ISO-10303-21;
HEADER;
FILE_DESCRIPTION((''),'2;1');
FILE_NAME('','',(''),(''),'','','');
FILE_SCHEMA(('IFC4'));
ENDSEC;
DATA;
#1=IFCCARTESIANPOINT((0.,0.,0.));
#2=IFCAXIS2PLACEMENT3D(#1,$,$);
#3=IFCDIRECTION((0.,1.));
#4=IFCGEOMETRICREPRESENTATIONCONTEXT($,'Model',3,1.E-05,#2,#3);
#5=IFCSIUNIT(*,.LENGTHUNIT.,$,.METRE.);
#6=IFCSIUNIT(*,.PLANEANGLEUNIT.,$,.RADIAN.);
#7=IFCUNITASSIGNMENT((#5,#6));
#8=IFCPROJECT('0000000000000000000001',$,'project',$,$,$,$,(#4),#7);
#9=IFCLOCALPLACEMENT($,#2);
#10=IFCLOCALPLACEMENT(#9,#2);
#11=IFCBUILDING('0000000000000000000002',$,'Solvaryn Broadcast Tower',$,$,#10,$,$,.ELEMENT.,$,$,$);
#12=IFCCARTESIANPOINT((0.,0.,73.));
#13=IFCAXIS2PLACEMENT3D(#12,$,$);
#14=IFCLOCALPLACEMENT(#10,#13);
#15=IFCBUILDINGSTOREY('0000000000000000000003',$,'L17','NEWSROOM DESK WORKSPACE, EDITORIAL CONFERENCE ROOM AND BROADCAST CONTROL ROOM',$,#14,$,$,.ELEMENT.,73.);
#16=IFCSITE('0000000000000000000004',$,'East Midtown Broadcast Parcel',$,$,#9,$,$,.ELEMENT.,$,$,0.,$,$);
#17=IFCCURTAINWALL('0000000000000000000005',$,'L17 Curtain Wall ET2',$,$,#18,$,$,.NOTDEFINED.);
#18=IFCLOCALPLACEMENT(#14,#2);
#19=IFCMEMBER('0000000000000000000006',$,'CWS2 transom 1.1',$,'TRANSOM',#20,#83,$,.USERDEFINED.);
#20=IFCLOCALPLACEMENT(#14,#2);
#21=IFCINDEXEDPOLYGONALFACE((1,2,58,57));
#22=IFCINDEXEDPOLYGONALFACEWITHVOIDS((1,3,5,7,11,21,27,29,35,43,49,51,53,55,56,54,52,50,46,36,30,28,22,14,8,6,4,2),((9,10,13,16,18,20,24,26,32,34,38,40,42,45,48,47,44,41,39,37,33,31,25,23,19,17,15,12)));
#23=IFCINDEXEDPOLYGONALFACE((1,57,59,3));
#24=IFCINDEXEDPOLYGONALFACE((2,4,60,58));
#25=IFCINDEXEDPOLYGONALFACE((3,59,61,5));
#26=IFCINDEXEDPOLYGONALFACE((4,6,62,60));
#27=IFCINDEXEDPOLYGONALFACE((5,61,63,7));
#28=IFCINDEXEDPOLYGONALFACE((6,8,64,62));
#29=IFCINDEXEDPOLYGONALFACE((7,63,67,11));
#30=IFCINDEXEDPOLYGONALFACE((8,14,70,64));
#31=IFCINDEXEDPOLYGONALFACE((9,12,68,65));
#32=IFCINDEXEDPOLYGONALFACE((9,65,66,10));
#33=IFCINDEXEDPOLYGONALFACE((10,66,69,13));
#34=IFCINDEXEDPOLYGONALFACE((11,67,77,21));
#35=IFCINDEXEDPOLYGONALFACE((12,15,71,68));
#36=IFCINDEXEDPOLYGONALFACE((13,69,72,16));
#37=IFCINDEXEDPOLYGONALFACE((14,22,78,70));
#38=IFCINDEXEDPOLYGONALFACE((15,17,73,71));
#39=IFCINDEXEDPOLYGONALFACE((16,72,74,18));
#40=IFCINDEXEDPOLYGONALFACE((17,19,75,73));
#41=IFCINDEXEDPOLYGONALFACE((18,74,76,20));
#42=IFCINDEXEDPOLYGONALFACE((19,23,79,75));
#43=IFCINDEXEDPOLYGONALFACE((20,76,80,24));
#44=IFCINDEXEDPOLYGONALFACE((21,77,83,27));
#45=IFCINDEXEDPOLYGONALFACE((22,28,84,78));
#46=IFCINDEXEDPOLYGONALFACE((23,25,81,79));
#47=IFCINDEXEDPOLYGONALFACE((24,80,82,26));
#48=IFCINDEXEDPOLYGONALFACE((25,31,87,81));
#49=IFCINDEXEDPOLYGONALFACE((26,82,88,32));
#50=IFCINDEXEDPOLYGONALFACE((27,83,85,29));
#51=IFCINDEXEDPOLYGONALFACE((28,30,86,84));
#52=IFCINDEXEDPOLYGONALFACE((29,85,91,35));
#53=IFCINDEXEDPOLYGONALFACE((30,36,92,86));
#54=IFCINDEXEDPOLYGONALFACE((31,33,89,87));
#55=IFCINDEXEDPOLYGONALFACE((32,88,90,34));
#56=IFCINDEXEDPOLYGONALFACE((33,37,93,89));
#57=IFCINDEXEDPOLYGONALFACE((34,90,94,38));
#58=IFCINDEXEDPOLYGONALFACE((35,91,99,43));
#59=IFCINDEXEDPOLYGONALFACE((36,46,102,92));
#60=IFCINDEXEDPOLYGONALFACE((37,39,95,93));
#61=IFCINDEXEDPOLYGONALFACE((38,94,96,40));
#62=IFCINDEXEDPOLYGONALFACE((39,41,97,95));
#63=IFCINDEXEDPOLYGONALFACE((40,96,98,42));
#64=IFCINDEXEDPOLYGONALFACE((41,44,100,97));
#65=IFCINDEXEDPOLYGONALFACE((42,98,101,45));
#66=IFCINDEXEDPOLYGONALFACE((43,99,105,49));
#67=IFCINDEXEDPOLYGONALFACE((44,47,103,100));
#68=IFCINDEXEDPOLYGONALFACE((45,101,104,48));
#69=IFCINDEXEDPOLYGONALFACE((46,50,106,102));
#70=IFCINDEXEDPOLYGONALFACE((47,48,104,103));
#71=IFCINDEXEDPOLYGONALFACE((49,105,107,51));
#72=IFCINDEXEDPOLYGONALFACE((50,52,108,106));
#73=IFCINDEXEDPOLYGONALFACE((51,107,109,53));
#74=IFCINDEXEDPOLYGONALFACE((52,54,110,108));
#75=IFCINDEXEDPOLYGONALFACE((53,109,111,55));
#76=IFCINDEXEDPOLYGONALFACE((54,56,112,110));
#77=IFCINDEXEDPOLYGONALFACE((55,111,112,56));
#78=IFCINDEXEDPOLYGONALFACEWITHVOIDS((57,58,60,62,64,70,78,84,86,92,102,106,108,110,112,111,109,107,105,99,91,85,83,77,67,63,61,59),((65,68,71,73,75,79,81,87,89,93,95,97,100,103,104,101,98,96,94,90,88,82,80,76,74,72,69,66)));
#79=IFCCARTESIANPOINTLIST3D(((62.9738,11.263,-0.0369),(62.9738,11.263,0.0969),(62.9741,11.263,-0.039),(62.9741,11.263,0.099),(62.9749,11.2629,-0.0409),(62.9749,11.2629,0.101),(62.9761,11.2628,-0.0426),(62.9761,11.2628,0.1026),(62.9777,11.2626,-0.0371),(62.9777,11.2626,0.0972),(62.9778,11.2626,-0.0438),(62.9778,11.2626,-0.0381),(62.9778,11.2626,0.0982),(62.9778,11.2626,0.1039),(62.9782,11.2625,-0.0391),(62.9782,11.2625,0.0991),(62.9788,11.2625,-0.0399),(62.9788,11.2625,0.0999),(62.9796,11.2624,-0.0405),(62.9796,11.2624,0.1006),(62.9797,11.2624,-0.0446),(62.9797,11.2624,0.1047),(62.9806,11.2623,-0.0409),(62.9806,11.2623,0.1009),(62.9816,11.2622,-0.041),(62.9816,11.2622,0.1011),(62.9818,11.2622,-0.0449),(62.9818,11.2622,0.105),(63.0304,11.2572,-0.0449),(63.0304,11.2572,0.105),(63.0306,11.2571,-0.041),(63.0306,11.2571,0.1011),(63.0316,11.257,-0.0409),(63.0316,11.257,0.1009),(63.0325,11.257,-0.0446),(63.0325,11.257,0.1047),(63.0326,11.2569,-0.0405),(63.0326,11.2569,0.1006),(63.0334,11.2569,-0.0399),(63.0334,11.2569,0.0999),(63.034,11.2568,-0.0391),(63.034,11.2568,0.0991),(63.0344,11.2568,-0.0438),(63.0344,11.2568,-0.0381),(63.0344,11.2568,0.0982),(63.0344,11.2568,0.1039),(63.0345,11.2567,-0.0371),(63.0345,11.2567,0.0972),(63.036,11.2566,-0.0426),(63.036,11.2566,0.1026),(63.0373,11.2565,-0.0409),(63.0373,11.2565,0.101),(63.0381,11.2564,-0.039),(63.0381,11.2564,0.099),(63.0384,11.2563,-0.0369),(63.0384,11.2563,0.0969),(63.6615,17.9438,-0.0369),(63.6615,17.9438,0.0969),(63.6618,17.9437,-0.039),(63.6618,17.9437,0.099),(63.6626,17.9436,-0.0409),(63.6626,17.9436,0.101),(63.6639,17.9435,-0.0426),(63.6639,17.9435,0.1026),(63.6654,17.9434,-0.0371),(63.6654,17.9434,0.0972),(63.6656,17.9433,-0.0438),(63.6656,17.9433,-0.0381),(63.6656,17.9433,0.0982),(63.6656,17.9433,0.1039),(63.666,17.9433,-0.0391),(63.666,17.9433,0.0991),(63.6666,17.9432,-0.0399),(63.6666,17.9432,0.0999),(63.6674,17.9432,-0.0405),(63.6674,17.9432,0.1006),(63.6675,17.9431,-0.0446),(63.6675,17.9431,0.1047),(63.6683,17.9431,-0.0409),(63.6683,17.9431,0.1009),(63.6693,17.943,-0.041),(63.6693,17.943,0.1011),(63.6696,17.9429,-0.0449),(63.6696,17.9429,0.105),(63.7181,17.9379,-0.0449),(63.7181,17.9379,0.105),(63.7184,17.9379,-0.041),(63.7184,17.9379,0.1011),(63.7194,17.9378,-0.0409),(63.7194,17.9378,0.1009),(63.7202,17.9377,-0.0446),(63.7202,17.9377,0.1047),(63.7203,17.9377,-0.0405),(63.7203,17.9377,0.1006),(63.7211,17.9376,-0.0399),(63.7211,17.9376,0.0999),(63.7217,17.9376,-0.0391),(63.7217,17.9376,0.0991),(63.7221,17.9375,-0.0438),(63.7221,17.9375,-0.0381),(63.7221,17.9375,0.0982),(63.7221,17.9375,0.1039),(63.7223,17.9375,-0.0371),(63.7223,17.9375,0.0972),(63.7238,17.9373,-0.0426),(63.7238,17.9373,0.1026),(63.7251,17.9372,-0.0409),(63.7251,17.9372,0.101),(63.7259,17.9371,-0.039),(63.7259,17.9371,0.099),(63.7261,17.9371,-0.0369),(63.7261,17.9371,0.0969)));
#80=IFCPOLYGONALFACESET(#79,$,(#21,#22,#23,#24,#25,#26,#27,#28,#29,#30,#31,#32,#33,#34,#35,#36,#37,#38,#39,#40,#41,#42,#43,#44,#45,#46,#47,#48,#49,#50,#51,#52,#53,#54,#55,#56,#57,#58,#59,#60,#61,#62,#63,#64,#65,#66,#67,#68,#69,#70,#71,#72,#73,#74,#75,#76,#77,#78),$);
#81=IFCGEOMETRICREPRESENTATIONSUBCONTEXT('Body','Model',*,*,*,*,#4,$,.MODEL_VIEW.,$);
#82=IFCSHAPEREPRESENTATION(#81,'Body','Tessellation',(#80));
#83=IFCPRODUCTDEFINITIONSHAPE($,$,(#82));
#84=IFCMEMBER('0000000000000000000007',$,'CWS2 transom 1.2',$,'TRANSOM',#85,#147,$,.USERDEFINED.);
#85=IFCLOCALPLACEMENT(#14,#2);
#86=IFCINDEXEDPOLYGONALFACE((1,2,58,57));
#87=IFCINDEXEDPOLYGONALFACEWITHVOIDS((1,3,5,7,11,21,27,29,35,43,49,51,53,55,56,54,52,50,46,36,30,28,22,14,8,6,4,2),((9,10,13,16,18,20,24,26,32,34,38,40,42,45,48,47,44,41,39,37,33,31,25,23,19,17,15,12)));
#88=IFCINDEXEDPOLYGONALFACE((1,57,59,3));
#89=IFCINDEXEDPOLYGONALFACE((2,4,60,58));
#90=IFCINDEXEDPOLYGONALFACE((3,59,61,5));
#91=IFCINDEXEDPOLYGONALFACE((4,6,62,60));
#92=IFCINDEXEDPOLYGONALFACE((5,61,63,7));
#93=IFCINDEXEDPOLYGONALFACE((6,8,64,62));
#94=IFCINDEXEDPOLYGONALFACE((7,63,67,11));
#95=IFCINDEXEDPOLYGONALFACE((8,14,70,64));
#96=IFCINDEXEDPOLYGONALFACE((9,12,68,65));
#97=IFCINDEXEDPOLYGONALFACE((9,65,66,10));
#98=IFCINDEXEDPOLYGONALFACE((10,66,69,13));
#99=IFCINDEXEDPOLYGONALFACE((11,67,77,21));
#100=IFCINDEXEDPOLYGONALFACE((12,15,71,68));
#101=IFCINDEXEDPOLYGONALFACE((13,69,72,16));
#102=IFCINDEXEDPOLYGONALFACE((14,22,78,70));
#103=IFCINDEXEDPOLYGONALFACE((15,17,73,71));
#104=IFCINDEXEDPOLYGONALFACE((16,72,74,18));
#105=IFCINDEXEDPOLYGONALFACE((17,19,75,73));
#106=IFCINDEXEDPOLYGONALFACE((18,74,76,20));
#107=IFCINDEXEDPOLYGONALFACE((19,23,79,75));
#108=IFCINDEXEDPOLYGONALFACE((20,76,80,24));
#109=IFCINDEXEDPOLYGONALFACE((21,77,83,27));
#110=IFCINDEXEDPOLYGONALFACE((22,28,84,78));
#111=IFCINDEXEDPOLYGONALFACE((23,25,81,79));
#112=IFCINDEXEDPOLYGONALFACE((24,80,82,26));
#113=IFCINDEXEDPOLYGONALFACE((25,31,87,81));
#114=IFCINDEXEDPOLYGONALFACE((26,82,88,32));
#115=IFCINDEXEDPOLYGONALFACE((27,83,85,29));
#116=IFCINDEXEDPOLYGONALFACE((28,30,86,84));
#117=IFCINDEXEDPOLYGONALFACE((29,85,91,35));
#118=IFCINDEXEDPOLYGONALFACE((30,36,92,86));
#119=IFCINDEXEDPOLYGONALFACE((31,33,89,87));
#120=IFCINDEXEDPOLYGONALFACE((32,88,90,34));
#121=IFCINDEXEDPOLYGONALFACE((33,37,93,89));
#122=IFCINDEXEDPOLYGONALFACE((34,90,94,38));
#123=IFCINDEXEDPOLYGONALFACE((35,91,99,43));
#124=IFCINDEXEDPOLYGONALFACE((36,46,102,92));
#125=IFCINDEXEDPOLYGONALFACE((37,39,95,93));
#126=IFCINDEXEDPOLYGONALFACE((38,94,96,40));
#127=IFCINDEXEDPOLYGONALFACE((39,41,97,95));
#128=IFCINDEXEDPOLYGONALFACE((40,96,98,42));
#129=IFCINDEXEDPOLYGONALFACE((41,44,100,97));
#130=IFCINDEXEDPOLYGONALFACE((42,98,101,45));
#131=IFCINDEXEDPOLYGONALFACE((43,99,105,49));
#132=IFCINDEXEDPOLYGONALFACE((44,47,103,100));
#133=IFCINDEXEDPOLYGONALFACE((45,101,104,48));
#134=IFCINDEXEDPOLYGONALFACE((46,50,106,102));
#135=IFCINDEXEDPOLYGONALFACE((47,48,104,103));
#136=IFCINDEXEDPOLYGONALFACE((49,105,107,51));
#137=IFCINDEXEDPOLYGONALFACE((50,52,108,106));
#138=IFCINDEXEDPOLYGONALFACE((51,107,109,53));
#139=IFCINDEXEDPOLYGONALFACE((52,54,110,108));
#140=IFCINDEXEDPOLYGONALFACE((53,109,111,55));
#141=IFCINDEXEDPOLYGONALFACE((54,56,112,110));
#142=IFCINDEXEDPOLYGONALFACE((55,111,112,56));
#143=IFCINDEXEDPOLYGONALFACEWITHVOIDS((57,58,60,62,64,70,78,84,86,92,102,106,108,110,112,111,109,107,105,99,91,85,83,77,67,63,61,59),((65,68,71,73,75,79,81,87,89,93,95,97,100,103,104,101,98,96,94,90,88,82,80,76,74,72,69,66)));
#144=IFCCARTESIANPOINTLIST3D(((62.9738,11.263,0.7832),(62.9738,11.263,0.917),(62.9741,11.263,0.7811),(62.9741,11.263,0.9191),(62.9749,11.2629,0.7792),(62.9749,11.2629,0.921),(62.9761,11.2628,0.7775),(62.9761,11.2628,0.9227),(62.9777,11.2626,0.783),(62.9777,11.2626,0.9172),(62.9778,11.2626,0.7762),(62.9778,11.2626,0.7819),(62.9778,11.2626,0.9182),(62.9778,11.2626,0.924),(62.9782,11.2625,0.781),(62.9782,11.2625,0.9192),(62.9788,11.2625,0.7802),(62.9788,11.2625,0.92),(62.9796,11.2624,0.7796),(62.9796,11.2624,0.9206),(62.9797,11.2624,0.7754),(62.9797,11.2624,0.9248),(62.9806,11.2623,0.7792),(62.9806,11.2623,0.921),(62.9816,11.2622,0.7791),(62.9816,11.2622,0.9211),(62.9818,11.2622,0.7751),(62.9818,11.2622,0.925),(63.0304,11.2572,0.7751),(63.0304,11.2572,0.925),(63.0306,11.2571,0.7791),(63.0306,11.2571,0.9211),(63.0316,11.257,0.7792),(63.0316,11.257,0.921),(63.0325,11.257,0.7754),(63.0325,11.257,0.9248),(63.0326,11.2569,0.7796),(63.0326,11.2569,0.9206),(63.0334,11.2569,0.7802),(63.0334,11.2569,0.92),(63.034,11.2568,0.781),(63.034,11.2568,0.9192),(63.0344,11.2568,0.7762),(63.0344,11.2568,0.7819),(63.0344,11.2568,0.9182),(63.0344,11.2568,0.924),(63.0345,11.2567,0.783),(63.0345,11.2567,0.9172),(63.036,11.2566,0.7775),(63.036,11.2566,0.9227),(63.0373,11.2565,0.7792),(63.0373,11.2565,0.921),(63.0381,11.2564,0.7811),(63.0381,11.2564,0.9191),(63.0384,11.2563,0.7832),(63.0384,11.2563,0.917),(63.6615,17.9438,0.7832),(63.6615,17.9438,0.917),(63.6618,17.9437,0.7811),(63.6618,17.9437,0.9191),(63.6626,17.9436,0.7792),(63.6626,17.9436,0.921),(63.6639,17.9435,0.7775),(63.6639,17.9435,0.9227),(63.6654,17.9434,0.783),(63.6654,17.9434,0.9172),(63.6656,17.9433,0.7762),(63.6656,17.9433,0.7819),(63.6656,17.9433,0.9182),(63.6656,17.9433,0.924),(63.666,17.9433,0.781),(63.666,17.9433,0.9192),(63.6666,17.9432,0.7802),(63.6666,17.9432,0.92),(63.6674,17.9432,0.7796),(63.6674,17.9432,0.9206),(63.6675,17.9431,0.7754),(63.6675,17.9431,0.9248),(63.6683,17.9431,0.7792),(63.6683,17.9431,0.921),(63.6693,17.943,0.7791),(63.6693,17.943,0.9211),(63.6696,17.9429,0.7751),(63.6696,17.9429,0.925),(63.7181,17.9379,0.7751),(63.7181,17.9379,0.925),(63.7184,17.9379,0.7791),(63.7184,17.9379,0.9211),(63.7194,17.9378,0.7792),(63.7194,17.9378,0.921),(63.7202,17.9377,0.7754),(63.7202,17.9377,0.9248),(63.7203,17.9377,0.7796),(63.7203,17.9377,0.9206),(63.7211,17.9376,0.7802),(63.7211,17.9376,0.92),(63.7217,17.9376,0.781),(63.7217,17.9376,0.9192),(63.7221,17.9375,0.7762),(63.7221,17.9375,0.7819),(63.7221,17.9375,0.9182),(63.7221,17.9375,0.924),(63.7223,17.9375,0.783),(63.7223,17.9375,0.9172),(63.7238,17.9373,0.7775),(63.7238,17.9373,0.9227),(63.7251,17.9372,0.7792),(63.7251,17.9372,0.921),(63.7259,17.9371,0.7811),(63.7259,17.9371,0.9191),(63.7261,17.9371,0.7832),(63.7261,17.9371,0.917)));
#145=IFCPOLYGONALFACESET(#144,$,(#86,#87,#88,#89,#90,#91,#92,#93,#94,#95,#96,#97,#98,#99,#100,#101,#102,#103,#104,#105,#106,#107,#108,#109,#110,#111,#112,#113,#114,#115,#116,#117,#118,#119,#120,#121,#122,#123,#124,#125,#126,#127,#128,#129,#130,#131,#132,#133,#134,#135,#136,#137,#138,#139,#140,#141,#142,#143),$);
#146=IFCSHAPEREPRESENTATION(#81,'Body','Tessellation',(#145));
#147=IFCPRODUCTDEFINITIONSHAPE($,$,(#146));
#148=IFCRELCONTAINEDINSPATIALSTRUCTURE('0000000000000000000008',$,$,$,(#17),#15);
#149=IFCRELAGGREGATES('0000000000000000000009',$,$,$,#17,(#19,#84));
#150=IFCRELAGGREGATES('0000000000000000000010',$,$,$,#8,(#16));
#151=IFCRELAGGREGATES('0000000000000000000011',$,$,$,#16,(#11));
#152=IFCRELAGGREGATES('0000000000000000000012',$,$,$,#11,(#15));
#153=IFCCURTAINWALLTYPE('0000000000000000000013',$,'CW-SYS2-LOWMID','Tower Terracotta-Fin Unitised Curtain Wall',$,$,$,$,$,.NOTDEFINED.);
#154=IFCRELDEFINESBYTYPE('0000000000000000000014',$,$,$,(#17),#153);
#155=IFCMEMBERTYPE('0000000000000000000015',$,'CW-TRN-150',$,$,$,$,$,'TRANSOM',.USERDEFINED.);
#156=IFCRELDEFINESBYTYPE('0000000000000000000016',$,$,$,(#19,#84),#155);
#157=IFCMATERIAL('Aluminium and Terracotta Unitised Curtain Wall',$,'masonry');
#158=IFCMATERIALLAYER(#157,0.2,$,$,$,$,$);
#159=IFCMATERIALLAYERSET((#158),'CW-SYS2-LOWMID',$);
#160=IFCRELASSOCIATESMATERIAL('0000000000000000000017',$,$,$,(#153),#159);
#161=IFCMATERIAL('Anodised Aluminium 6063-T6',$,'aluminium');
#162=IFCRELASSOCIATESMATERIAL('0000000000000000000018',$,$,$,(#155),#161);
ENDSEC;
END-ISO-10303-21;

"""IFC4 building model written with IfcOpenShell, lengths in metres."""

from ifc_helpers import new_model, si_unit, direction, frame, origin, origin_2d, place, context, subcontext, project, spatial, hollow_rectangle, extrude, material, layer, layer_set, material_profile, profile_set, type_object, element, aggregate, save


model = new_model("IFC4")

# Units and contexts
model_context = context("Model", 3, precision=1e-05, world=origin(), true_north=direction((0.0, 1.0)))
body_context = subcontext(model_context, "Body", "Model", "MODEL_VIEW")
ifc_project = project(units=[si_unit("LENGTHUNIT", "METRE"), si_unit("PLANEANGLEUNIT", "RADIAN")], contexts=[model_context])

# Site, building, storey
site_placement = place(None, origin())
site = spatial("IfcSite", under=ifc_project, at=site_placement, Name="East Midtown Broadcast Parcel", CompositionType="ELEMENT", RefElevation=0.0)
building_placement = place(site_placement, origin())
building = spatial("IfcBuilding", under=site, at=building_placement, Name="Solvaryn Broadcast Tower", CompositionType="ELEMENT")
storey_placement = place(building_placement, frame((0.0, 0.0, 73.0)))
storey = spatial("IfcBuildingStorey", under=building, at=storey_placement, Name="L17", Description="NEWSROOM DESK WORKSPACE, EDITORIAL CONFERENCE ROOM AND BROADCAST CONTROL ROOM", CompositionType="ELEMENT", Elevation=73.0)

# Shared definitions
ifc_material_1 = material(Name="Aluminium and Terracotta Unitised Curtain Wall", Category="masonry")
ifc_layer_1 = layer(ifc_material_1, 0.2)
ifc_layer_set_1 = layer_set([ifc_layer_1], Name="CW-SYS2-LOWMID")
curtain_wall_type = type_object("IfcCurtainWallType", Name="CW-SYS2-LOWMID", Description="Tower Terracotta-Fin Unitised Curtain Wall", PredefinedType="NOTDEFINED", material=ifc_layer_set_1)

# Curtain wall, members
curtain_wall_1_placement = place(storey_placement, origin())
curtain_wall_1 = element("IfcCurtainWall", 1, at=curtain_wall_1_placement, inside=storey, type_object=curtain_wall_type, Name="L17 Curtain Wall ET2", PredefinedType="NOTDEFINED")
ifc_material_2 = material(Name="Anodised Aluminium 6063-T6", Category="aluminium")
ifc_material_profile_1 = material_profile(ifc_material_2, hollow_rectangle(XDim=0.0649, YDim=0.1499, WallThickness=0.0039, InnerFilletRadius=0.0039, OuterFilletRadius=0.0081, at=origin_2d()))
ifc_profile_set_1 = profile_set([ifc_material_profile_1], Name="Anodised Aluminium 6063-T6")
member_type_1 = type_object("IfcMemberType", Name="CW-TRN-150", ElementType="TRANSOM", PredefinedType="USERDEFINED", material=ifc_profile_set_1)
member_1_placement = place(storey_placement, frame((63.6938, 17.9404, 0.03), z_axis=(-0.102404, -0.994743, 0.0), x_axis=(0.994743, -0.102404, 0.0)))
member_1 = element("IfcMember", 2, at=member_1_placement, type_object=member_type_1, Name="CWS2 transom 1.1", ObjectType="TRANSOM", PredefinedType="USERDEFINED", context=body_context, shape_type="SweptSolid", body=[
    extrude(hollow_rectangle(XDim=0.0649, YDim=0.1499, WallThickness=0.0039, InnerFilletRadius=0.0039, OuterFilletRadius=0.0081, at=origin_2d()), origin(), (0.0, 0.0, 1.0), 6.7161),
])
member_2_placement = place(storey_placement, frame((63.6938, 17.9404, 0.8501), z_axis=(-0.102404, -0.994743, 0.0), x_axis=(0.994743, -0.102404, 0.0)))
member_2 = element("IfcMember", 3, at=member_2_placement, type_object=member_type_1, Name="CWS2 transom 1.2", ObjectType="TRANSOM", PredefinedType="USERDEFINED", context=body_context, shape_type="SweptSolid", body=[
    extrude(hollow_rectangle(XDim=0.0649, YDim=0.1499, WallThickness=0.0039, InnerFilletRadius=0.0039, OuterFilletRadius=0.0081, at=origin_2d()), origin(), (0.0, 0.0, 1.0), 6.7161),
])

aggregate(curtain_wall_1, [member_1, member_2])

save(model, "model.ifc")
